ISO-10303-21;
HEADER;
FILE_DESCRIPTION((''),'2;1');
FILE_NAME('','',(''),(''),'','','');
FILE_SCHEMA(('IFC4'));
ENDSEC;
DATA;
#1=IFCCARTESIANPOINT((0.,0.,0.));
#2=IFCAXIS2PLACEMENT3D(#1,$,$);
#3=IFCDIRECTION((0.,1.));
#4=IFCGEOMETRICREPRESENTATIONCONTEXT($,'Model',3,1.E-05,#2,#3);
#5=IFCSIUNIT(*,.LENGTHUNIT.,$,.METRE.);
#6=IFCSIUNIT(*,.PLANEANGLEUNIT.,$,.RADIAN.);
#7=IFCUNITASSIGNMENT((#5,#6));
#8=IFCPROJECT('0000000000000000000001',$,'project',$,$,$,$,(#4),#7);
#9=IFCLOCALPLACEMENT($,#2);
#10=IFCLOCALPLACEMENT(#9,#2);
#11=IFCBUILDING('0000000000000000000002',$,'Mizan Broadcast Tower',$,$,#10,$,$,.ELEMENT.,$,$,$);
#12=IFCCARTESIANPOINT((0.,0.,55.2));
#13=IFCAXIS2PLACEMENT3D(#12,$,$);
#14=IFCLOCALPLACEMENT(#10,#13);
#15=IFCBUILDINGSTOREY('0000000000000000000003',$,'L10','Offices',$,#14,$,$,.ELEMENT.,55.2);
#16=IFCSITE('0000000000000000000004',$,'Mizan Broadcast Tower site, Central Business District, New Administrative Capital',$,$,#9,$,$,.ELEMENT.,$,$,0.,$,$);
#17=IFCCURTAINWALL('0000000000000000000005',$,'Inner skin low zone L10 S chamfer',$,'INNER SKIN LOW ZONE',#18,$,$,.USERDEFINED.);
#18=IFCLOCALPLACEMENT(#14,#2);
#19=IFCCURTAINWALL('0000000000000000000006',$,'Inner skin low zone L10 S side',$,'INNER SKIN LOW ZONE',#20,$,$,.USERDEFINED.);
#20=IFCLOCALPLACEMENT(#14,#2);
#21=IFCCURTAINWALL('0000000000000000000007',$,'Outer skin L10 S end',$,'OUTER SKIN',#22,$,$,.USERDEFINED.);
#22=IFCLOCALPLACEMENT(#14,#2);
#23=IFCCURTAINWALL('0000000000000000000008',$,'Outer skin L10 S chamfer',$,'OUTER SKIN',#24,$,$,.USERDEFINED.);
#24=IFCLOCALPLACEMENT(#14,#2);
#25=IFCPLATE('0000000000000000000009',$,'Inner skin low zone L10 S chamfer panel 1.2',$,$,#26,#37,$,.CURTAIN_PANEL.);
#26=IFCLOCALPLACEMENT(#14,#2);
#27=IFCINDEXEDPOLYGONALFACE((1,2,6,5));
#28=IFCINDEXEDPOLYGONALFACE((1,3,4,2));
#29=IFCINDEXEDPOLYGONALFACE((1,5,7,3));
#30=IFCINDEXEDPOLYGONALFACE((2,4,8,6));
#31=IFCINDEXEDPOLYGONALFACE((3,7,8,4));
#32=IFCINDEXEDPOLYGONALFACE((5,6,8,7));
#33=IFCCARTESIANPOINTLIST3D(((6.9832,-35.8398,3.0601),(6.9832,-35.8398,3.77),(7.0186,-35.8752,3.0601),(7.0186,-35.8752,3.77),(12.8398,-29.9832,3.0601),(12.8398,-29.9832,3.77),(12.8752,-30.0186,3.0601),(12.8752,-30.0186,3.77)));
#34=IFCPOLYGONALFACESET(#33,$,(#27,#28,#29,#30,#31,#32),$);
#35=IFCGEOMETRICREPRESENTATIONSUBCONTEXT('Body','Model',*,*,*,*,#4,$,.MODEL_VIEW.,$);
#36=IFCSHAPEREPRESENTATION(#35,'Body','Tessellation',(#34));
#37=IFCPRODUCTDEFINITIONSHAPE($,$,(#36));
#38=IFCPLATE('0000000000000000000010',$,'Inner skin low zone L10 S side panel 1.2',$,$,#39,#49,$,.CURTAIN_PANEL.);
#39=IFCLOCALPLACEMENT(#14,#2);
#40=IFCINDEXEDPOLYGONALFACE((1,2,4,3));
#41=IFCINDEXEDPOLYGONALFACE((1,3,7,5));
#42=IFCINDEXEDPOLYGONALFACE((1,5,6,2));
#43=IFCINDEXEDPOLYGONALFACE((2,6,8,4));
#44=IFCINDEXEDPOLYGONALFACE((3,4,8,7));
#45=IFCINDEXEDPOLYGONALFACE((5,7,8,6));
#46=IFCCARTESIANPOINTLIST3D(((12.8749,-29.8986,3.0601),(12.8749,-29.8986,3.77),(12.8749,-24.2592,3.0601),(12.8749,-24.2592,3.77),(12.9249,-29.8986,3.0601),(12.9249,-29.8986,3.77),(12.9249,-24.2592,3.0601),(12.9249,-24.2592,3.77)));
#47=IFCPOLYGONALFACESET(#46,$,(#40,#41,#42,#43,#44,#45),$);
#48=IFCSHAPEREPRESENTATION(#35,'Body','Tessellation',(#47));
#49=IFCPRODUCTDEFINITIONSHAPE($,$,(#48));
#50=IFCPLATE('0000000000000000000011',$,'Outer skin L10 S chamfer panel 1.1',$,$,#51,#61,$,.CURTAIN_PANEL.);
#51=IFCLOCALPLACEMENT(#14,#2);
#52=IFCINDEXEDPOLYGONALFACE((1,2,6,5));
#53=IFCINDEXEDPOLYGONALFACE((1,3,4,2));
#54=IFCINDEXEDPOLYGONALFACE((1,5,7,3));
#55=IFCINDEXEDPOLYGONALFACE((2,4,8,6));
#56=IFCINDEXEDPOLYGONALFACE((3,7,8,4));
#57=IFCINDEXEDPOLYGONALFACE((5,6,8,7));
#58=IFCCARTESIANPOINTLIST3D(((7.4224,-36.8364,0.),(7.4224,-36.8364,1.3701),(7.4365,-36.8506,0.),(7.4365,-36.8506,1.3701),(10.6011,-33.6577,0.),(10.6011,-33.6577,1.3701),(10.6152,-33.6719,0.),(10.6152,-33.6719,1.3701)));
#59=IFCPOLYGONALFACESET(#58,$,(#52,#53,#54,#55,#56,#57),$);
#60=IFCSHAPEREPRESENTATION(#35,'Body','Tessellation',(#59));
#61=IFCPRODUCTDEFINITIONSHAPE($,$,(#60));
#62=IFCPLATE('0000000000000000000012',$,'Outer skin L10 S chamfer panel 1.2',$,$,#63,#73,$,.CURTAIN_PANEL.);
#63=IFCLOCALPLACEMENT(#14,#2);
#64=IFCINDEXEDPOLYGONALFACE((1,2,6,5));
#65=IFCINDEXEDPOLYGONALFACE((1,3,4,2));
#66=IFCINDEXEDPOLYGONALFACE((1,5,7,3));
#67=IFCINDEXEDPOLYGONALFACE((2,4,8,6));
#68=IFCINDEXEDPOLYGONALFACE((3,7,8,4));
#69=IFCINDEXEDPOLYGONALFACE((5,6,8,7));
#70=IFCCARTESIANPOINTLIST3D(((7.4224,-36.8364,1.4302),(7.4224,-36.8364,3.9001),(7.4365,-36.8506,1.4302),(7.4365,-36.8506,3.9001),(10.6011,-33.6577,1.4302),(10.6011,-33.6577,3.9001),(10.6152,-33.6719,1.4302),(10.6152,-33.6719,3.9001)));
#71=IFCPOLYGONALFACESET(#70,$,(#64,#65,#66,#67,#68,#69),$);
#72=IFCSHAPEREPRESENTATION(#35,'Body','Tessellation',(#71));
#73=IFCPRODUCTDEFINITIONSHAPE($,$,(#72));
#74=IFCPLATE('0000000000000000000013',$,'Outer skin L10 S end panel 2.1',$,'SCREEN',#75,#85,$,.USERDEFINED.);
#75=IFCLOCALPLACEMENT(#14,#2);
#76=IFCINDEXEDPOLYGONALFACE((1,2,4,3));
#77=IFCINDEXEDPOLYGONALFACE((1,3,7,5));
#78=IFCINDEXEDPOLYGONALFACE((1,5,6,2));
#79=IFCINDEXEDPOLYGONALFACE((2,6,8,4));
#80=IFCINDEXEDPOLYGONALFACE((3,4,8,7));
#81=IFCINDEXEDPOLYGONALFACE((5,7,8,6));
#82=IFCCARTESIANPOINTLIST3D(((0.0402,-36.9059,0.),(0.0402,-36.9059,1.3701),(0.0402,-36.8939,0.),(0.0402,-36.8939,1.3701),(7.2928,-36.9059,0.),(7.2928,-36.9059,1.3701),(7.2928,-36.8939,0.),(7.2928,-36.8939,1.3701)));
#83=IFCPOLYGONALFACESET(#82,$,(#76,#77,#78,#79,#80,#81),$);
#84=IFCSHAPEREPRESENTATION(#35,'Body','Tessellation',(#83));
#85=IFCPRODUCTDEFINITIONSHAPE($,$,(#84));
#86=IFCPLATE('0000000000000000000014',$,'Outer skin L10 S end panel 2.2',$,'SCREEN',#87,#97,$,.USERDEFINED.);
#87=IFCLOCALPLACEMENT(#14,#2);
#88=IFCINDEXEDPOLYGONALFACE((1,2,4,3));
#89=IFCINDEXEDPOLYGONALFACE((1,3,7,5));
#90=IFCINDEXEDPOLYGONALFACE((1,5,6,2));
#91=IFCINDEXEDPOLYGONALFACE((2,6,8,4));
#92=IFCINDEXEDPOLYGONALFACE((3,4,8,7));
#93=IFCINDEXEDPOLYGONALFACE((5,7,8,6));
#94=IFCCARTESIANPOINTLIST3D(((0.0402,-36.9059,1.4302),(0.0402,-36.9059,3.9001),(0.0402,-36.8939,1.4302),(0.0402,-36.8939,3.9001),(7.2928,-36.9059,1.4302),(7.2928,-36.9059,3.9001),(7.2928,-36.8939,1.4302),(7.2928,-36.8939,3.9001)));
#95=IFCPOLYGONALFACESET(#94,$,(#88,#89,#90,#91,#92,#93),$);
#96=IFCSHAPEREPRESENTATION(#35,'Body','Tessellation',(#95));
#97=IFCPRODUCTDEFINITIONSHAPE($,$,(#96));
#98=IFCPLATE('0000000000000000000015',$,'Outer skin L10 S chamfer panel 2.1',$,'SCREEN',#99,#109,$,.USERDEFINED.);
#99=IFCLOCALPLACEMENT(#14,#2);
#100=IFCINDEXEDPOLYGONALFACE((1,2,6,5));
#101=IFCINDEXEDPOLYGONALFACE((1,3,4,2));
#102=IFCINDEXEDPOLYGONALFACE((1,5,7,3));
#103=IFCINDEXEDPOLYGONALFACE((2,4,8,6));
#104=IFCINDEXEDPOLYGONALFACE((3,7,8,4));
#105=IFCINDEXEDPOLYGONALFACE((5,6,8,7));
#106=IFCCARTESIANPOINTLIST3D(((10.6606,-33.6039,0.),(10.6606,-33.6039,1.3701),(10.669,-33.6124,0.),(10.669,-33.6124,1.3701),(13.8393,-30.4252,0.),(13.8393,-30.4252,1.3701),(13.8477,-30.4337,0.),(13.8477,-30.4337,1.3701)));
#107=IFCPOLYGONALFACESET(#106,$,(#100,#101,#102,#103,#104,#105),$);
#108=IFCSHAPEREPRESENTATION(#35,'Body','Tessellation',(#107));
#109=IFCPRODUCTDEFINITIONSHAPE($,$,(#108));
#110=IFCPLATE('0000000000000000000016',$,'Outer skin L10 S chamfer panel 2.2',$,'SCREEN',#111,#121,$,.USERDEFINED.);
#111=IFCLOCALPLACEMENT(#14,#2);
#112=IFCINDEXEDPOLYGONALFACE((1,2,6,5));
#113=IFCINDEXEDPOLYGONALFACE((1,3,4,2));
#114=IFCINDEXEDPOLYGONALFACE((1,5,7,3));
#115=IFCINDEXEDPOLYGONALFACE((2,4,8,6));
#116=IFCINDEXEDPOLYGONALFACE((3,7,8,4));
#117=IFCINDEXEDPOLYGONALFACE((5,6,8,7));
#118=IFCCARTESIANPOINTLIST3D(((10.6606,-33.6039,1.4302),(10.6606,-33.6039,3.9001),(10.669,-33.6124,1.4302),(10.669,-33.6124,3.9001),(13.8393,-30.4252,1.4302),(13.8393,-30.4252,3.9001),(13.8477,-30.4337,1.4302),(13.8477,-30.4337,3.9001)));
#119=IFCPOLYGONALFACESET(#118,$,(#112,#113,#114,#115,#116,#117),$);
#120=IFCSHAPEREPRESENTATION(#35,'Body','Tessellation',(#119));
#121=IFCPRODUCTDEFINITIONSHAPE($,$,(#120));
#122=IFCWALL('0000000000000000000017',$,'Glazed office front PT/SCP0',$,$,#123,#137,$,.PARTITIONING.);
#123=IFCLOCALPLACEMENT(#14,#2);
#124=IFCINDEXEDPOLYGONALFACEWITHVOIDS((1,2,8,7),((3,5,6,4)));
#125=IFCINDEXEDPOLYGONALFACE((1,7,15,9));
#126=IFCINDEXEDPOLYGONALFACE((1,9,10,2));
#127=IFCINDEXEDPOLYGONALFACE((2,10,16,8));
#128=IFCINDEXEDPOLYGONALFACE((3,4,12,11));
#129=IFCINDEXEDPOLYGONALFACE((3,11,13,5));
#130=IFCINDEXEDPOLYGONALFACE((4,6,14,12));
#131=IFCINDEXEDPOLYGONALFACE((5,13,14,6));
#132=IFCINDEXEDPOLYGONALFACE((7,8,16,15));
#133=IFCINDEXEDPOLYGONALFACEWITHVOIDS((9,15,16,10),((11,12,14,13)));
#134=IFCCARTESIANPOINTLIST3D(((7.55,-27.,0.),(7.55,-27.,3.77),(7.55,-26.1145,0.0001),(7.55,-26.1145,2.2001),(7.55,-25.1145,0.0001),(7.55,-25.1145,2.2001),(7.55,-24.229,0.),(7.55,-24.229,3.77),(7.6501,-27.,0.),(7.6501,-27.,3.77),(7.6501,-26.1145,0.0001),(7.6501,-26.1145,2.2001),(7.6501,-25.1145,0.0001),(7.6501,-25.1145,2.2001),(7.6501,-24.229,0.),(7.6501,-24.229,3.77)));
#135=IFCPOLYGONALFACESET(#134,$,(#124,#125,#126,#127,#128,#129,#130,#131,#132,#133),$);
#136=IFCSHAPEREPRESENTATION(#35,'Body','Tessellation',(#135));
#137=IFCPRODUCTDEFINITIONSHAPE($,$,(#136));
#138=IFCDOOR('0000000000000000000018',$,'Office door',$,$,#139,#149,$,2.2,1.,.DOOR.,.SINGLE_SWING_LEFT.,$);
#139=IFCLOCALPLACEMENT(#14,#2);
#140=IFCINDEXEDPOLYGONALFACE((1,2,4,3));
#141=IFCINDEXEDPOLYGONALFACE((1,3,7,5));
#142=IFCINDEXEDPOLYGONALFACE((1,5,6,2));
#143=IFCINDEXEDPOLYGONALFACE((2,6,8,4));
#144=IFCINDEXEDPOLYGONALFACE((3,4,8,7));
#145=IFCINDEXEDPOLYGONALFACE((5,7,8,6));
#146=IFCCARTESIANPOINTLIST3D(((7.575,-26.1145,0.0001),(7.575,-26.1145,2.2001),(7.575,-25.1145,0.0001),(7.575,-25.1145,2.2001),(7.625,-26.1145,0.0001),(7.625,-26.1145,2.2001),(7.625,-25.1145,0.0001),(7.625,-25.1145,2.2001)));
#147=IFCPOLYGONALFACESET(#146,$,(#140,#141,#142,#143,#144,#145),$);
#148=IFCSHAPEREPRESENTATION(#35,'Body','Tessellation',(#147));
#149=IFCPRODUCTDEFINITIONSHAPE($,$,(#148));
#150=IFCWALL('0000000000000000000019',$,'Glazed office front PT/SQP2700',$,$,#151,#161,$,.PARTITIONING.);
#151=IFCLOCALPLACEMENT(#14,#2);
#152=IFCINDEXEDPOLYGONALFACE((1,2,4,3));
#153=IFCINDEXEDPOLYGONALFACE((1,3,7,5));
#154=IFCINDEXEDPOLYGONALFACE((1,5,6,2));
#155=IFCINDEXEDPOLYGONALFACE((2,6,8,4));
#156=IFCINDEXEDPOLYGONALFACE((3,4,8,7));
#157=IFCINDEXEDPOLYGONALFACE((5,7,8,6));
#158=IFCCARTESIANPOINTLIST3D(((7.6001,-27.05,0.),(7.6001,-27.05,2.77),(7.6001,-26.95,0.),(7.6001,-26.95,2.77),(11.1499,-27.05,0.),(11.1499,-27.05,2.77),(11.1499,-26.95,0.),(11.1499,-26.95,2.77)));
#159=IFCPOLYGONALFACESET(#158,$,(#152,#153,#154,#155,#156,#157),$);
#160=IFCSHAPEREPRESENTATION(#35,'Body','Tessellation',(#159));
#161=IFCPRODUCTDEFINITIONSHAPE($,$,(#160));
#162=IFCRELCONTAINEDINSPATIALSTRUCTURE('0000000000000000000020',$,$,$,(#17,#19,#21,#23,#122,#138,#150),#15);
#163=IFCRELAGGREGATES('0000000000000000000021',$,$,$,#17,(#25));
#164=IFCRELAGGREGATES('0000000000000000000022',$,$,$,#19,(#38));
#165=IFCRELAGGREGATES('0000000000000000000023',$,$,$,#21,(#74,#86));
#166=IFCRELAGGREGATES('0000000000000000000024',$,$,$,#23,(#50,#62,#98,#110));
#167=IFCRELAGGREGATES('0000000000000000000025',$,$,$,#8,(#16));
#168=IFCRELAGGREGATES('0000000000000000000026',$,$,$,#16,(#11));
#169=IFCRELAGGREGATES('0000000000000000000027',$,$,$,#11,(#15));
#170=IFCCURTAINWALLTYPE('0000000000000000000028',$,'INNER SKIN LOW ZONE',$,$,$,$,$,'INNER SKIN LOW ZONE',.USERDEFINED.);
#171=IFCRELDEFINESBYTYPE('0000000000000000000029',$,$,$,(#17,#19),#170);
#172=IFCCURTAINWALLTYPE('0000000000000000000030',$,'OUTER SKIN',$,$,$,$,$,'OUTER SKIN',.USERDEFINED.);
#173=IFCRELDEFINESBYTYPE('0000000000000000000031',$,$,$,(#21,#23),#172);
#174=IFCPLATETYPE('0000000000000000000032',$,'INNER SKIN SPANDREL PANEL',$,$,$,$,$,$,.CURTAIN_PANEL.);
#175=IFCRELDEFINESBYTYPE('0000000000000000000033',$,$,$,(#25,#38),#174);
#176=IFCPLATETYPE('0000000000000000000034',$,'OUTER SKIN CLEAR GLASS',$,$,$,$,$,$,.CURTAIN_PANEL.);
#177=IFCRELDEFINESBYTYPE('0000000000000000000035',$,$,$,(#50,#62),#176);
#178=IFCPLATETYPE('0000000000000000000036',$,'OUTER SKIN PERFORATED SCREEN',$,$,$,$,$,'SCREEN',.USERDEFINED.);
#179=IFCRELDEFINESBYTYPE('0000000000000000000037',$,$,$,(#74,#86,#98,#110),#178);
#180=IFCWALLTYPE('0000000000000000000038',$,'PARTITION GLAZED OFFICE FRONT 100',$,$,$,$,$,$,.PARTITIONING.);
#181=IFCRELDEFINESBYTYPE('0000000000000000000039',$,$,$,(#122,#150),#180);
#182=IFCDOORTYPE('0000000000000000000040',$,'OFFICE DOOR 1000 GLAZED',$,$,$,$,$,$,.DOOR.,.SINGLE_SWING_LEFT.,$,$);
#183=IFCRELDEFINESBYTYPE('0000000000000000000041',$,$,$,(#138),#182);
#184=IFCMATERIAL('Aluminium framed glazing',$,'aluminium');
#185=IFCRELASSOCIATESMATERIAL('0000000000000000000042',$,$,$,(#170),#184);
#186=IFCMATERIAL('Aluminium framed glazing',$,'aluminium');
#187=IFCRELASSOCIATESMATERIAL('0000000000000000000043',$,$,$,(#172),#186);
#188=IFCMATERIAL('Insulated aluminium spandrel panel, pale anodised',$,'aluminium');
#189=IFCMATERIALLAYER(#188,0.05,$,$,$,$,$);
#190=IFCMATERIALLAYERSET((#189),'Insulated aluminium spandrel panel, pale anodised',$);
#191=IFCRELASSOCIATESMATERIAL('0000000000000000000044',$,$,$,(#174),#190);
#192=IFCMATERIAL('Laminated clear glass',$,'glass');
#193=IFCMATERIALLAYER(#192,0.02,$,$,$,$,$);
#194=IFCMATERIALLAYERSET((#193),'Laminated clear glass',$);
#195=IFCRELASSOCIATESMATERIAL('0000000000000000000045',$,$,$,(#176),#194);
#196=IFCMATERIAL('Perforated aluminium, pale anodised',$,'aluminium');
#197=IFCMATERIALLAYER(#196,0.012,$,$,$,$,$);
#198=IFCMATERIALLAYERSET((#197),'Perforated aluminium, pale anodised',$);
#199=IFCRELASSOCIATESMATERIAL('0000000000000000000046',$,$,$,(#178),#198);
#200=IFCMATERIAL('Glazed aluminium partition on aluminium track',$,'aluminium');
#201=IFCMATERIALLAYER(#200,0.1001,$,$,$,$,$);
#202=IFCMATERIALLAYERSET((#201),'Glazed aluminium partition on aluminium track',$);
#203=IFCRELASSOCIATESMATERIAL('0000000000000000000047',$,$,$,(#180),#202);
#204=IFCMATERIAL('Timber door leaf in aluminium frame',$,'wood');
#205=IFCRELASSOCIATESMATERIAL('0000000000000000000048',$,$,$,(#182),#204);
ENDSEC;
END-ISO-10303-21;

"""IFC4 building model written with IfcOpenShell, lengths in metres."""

from ifc_helpers import new_model, si_unit, direction, frame, frame_2d, origin, origin_2d, place, context, subcontext, project, spatial, rectangle, extrude, material, layer, layer_set, type_object, element, fill, aggregate, save


model = new_model("IFC4")

# Units and contexts
model_context = context("Model", 3, precision=1e-05, world=origin(), true_north=direction((0.0, 1.0)))
body_context = subcontext(model_context, "Body", "Model", "MODEL_VIEW")
ifc_project = project(units=[si_unit("LENGTHUNIT", "METRE"), si_unit("PLANEANGLEUNIT", "RADIAN")], contexts=[model_context])

# Site, building, storey
site_placement = place(None, origin())
site = spatial("IfcSite", under=ifc_project, at=site_placement, Name="Mizan Broadcast Tower site, Central Business District, New Administrative Capital", CompositionType="ELEMENT", RefElevation=0.0)
building_placement = place(site_placement, origin())
building = spatial("IfcBuilding", under=site, at=building_placement, Name="Mizan Broadcast Tower", CompositionType="ELEMENT")
storey_placement = place(building_placement, frame((0.0, 0.0, 55.2)))
storey = spatial("IfcBuildingStorey", under=building, at=storey_placement, Name="L10", Description="Offices", CompositionType="ELEMENT", Elevation=55.2)

# Shared definitions
ifc_material_1 = material(Name="Aluminium framed glazing", Category="aluminium")
curtain_wall_type_1 = type_object("IfcCurtainWallType", Name="INNER SKIN LOW ZONE", ElementType="INNER SKIN LOW ZONE", PredefinedType="USERDEFINED", material=ifc_material_1)

# Curtain walls
curtain_wall_1_placement = place(storey_placement, origin())
curtain_wall_1 = element("IfcCurtainWall", 1, at=curtain_wall_1_placement, inside=storey, type_object=curtain_wall_type_1, Name="Inner skin low zone L10 S chamfer", ObjectType="INNER SKIN LOW ZONE", PredefinedType="USERDEFINED")
curtain_wall_2_placement = place(storey_placement, origin())
curtain_wall_2 = element("IfcCurtainWall", 2, at=curtain_wall_2_placement, inside=storey, type_object=curtain_wall_type_1, Name="Inner skin low zone L10 S side", ObjectType="INNER SKIN LOW ZONE", PredefinedType="USERDEFINED")

# Curtain wall
ifc_material_2 = material(Name="Aluminium framed glazing", Category="aluminium")
curtain_wall_type_2 = type_object("IfcCurtainWallType", Name="OUTER SKIN", ElementType="OUTER SKIN", PredefinedType="USERDEFINED", material=ifc_material_2)
curtain_wall_3_placement = place(storey_placement, origin())
curtain_wall_3 = element("IfcCurtainWall", 3, at=curtain_wall_3_placement, inside=storey, type_object=curtain_wall_type_2, Name="Outer skin L10 S end", ObjectType="OUTER SKIN", PredefinedType="USERDEFINED")

# Curtain wall
curtain_wall_4_placement = place(storey_placement, origin())
curtain_wall_4 = element("IfcCurtainWall", 4, at=curtain_wall_4_placement, inside=storey, type_object=curtain_wall_type_2, Name="Outer skin L10 S chamfer", ObjectType="OUTER SKIN", PredefinedType="USERDEFINED")

# Plates
ifc_material_3 = material(Name="Insulated aluminium spandrel panel, pale anodised", Category="aluminium")
ifc_layer_1 = layer(ifc_material_3, 0.05)
ifc_layer_set_1 = layer_set([ifc_layer_1], Name="Insulated aluminium spandrel panel, pale anodised")
plate_type_1 = type_object("IfcPlateType", Name="INNER SKIN SPANDREL PANEL", PredefinedType="CURTAIN_PANEL", material=ifc_layer_set_1)
plate_1_placement = place(storey_placement, frame((9.9292, -32.9292, 3.0601), z_axis=(0.0, 0.0, 1.0), x_axis=(0.707107, 0.707107, 0.0)))
plate_1 = element("IfcPlate", 5, at=plate_1_placement, type_object=plate_type_1, Name="Inner skin low zone L10 S chamfer panel 1.2", PredefinedType="CURTAIN_PANEL", context=body_context, shape_type="SweptSolid", body=[
    extrude(rectangle(XDim=8.2825, YDim=0.05, at=origin_2d()), origin(), (0.0, 0.0, 1.0), 0.71),
])
aggregate(curtain_wall_1, [plate_1])
plate_2_placement = place(storey_placement, frame((12.8999, -27.0789, 3.0601), z_axis=(0.0, 0.0, 1.0), x_axis=(0.0, 1.0, 0.0)))
plate_2 = element("IfcPlate", 6, at=plate_2_placement, type_object=plate_type_1, Name="Inner skin low zone L10 S side panel 1.2", PredefinedType="CURTAIN_PANEL", context=body_context, shape_type="SweptSolid", body=[
    extrude(rectangle(XDim=5.6394, YDim=0.05, at=origin_2d()), origin(), (0.0, 0.0, 1.0), 0.71),
])
aggregate(curtain_wall_2, [plate_2])
ifc_material_4 = material(Name="Laminated clear glass", Category="glass")
ifc_layer_2 = layer(ifc_material_4, 0.02)
ifc_layer_set_2 = layer_set([ifc_layer_2], Name="Laminated clear glass")
plate_type_2 = type_object("IfcPlateType", Name="OUTER SKIN CLEAR GLASS", PredefinedType="CURTAIN_PANEL", material=ifc_layer_set_2)
plate_3_placement = place(storey_placement, frame((9.0188, -35.2542, 0.0), z_axis=(0.0, 0.0, 1.0), x_axis=(0.707107, 0.707107, 0.0)))
plate_3 = element("IfcPlate", 7, at=plate_3_placement, type_object=plate_type_2, Name="Outer skin L10 S chamfer panel 1.1", PredefinedType="CURTAIN_PANEL", context=body_context, shape_type="SweptSolid", body=[
    extrude(rectangle(XDim=4.4954, YDim=0.02, at=origin_2d()), origin(), (0.0, 0.0, 1.0), 1.3701),
])
plate_4_placement = place(storey_placement, frame((9.0188, -35.2542, 1.4302), z_axis=(0.0, 0.0, 1.0), x_axis=(0.707107, 0.707107, 0.0)))
plate_4 = element("IfcPlate", 8, at=plate_4_placement, type_object=plate_type_2, Name="Outer skin L10 S chamfer panel 1.2", PredefinedType="CURTAIN_PANEL", context=body_context, shape_type="SweptSolid", body=[
    extrude(rectangle(XDim=4.4954, YDim=0.02, at=origin_2d()), origin(), (0.0, 0.0, 1.0), 2.47),
])
ifc_material_5 = material(Name="Perforated aluminium, pale anodised", Category="aluminium")
ifc_layer_3 = layer(ifc_material_5, 0.012)
ifc_layer_set_3 = layer_set([ifc_layer_3], Name="Perforated aluminium, pale anodised")
plate_type_3 = type_object("IfcPlateType", Name="OUTER SKIN PERFORATED SCREEN", ElementType="SCREEN", PredefinedType="USERDEFINED", material=ifc_layer_set_3)
plate_5_placement = place(storey_placement, frame((3.6665, -36.8999, 0.0), z_axis=(0.0, 0.0, 1.0), x_axis=(1.0, 0.0, 0.0)))
plate_5 = element("IfcPlate", 9, at=plate_5_placement, type_object=plate_type_3, Name="Outer skin L10 S end panel 2.1", ObjectType="SCREEN", PredefinedType="USERDEFINED", context=body_context, shape_type="SweptSolid", body=[
    extrude(rectangle(XDim=7.2527, YDim=0.012, at=origin_2d()), origin(), (0.0, 0.0, 1.0), 1.3701),
])
plate_6_placement = place(storey_placement, frame((3.6665, -36.8999, 1.4302), z_axis=(0.0, 0.0, 1.0), x_axis=(1.0, 0.0, 0.0)))
plate_6 = element("IfcPlate", 10, at=plate_6_placement, type_object=plate_type_3, Name="Outer skin L10 S end panel 2.2", ObjectType="SCREEN", PredefinedType="USERDEFINED", context=body_context, shape_type="SweptSolid", body=[
    extrude(rectangle(XDim=7.2527, YDim=0.012, at=origin_2d()), origin(), (0.0, 0.0, 1.0), 2.47),
])
aggregate(curtain_wall_3, [plate_5, plate_6])
plate_7_placement = place(storey_placement, frame((12.2542, -32.0188, 0.0), z_axis=(0.0, 0.0, 1.0), x_axis=(0.707107, 0.707107, 0.0)))
plate_7 = element("IfcPlate", 11, at=plate_7_placement, type_object=plate_type_3, Name="Outer skin L10 S chamfer panel 2.1", ObjectType="SCREEN", PredefinedType="USERDEFINED", context=body_context, shape_type="SweptSolid", body=[
    extrude(rectangle(XDim=4.4954, YDim=0.012, at=origin_2d()), origin(), (0.0, 0.0, 1.0), 1.3701),
])
plate_8_placement = place(storey_placement, frame((12.2542, -32.0188, 1.4302), z_axis=(0.0, 0.0, 1.0), x_axis=(0.707107, 0.707107, 0.0)))
plate_8 = element("IfcPlate", 12, at=plate_8_placement, type_object=plate_type_3, Name="Outer skin L10 S chamfer panel 2.2", ObjectType="SCREEN", PredefinedType="USERDEFINED", context=body_context, shape_type="SweptSolid", body=[
    extrude(rectangle(XDim=4.4954, YDim=0.012, at=origin_2d()), origin(), (0.0, 0.0, 1.0), 2.47),
])
aggregate(curtain_wall_4, [plate_3, plate_4, plate_7, plate_8])

# Wall, opening, door
ifc_material_6 = material(Name="Glazed aluminium partition on aluminium track", Category="aluminium")
ifc_layer_4 = layer(ifc_material_6, 0.1001)
ifc_layer_set_4 = layer_set([ifc_layer_4], Name="Glazed aluminium partition on aluminium track")
wall_type = type_object("IfcWallType", Name="PARTITION GLAZED OFFICE FRONT 100", PredefinedType="PARTITIONING", material=ifc_layer_set_4)
wall_1_placement = place(storey_placement, frame((7.6001, -24.229, 0.0), z_axis=(0.0, 0.0, 1.0), x_axis=(0.0, -1.0, 0.0)))
wall_1 = element("IfcWall", 13, at=wall_1_placement, inside=storey, type_object=wall_type, Name="Glazed office front PT/SCP0", PredefinedType="PARTITIONING", context=body_context, shape_type="SweptSolid", body=[
    extrude(rectangle(XDim=2.771, YDim=0.1001, at=frame_2d((1.3855, 0.0))), origin(), (0.0, 0.0, 1.0), 3.77),
])
opening_placement = place(wall_1_placement, frame((0.8855, 0.0, 0.0)))
opening = element("IfcOpeningElement", 14, at=opening_placement, cuts=wall_1, PredefinedType="OPENING", context=body_context, shape_type="SweptSolid", body=[
    extrude(rectangle(XDim=1.0, YDim=2.2, at=frame_2d((0.5, 1.1001))), frame((0.0, 0.0601, 0.0), z_axis=(0.0, -1.0, 0.0), x_axis=(1.0, 0.0, 0.0)), (0.0, 0.0, 1.0), 0.1201),
])
ifc_material_7 = material(Name="Timber door leaf in aluminium frame", Category="wood")
door_type = type_object("IfcDoorType", Name="OFFICE DOOR 1000 GLAZED", OperationType="SINGLE_SWING_LEFT", PredefinedType="DOOR", material=ifc_material_7)
door_placement = place(opening_placement, origin())
door = element("IfcDoor", 15, at=door_placement, inside=storey, type_object=door_type, Name="Office door", OperationType="SINGLE_SWING_LEFT", OverallHeight=2.2, OverallWidth=1.0, PredefinedType="DOOR", context=body_context, shape_type="SweptSolid", body=[
    extrude(rectangle(XDim=1.0, YDim=2.2, at=frame_2d((0.5, 1.1001))), frame((0.0, 0.0249, 0.0), z_axis=(0.0, -1.0, 0.0), x_axis=(1.0, 0.0, 0.0)), (0.0, 0.0, 1.0), 0.05),
])
fill(opening, door)

# Wall
wall_2_placement = place(storey_placement, frame((7.6001, -27.0, 0.0), z_axis=(0.0, 0.0, 1.0), x_axis=(1.0, 0.0, 0.0)))
element("IfcWall", 16, at=wall_2_placement, inside=storey, type_object=wall_type, Name="Glazed office front PT/SQP2700", PredefinedType="PARTITIONING", context=body_context, shape_type="SweptSolid", body=[
    extrude(rectangle(XDim=3.5498, YDim=0.1001, at=frame_2d((1.7749, 0.0))), origin(), (0.0, 0.0, 1.0), 2.77),
])

save(model, "model.ifc")
